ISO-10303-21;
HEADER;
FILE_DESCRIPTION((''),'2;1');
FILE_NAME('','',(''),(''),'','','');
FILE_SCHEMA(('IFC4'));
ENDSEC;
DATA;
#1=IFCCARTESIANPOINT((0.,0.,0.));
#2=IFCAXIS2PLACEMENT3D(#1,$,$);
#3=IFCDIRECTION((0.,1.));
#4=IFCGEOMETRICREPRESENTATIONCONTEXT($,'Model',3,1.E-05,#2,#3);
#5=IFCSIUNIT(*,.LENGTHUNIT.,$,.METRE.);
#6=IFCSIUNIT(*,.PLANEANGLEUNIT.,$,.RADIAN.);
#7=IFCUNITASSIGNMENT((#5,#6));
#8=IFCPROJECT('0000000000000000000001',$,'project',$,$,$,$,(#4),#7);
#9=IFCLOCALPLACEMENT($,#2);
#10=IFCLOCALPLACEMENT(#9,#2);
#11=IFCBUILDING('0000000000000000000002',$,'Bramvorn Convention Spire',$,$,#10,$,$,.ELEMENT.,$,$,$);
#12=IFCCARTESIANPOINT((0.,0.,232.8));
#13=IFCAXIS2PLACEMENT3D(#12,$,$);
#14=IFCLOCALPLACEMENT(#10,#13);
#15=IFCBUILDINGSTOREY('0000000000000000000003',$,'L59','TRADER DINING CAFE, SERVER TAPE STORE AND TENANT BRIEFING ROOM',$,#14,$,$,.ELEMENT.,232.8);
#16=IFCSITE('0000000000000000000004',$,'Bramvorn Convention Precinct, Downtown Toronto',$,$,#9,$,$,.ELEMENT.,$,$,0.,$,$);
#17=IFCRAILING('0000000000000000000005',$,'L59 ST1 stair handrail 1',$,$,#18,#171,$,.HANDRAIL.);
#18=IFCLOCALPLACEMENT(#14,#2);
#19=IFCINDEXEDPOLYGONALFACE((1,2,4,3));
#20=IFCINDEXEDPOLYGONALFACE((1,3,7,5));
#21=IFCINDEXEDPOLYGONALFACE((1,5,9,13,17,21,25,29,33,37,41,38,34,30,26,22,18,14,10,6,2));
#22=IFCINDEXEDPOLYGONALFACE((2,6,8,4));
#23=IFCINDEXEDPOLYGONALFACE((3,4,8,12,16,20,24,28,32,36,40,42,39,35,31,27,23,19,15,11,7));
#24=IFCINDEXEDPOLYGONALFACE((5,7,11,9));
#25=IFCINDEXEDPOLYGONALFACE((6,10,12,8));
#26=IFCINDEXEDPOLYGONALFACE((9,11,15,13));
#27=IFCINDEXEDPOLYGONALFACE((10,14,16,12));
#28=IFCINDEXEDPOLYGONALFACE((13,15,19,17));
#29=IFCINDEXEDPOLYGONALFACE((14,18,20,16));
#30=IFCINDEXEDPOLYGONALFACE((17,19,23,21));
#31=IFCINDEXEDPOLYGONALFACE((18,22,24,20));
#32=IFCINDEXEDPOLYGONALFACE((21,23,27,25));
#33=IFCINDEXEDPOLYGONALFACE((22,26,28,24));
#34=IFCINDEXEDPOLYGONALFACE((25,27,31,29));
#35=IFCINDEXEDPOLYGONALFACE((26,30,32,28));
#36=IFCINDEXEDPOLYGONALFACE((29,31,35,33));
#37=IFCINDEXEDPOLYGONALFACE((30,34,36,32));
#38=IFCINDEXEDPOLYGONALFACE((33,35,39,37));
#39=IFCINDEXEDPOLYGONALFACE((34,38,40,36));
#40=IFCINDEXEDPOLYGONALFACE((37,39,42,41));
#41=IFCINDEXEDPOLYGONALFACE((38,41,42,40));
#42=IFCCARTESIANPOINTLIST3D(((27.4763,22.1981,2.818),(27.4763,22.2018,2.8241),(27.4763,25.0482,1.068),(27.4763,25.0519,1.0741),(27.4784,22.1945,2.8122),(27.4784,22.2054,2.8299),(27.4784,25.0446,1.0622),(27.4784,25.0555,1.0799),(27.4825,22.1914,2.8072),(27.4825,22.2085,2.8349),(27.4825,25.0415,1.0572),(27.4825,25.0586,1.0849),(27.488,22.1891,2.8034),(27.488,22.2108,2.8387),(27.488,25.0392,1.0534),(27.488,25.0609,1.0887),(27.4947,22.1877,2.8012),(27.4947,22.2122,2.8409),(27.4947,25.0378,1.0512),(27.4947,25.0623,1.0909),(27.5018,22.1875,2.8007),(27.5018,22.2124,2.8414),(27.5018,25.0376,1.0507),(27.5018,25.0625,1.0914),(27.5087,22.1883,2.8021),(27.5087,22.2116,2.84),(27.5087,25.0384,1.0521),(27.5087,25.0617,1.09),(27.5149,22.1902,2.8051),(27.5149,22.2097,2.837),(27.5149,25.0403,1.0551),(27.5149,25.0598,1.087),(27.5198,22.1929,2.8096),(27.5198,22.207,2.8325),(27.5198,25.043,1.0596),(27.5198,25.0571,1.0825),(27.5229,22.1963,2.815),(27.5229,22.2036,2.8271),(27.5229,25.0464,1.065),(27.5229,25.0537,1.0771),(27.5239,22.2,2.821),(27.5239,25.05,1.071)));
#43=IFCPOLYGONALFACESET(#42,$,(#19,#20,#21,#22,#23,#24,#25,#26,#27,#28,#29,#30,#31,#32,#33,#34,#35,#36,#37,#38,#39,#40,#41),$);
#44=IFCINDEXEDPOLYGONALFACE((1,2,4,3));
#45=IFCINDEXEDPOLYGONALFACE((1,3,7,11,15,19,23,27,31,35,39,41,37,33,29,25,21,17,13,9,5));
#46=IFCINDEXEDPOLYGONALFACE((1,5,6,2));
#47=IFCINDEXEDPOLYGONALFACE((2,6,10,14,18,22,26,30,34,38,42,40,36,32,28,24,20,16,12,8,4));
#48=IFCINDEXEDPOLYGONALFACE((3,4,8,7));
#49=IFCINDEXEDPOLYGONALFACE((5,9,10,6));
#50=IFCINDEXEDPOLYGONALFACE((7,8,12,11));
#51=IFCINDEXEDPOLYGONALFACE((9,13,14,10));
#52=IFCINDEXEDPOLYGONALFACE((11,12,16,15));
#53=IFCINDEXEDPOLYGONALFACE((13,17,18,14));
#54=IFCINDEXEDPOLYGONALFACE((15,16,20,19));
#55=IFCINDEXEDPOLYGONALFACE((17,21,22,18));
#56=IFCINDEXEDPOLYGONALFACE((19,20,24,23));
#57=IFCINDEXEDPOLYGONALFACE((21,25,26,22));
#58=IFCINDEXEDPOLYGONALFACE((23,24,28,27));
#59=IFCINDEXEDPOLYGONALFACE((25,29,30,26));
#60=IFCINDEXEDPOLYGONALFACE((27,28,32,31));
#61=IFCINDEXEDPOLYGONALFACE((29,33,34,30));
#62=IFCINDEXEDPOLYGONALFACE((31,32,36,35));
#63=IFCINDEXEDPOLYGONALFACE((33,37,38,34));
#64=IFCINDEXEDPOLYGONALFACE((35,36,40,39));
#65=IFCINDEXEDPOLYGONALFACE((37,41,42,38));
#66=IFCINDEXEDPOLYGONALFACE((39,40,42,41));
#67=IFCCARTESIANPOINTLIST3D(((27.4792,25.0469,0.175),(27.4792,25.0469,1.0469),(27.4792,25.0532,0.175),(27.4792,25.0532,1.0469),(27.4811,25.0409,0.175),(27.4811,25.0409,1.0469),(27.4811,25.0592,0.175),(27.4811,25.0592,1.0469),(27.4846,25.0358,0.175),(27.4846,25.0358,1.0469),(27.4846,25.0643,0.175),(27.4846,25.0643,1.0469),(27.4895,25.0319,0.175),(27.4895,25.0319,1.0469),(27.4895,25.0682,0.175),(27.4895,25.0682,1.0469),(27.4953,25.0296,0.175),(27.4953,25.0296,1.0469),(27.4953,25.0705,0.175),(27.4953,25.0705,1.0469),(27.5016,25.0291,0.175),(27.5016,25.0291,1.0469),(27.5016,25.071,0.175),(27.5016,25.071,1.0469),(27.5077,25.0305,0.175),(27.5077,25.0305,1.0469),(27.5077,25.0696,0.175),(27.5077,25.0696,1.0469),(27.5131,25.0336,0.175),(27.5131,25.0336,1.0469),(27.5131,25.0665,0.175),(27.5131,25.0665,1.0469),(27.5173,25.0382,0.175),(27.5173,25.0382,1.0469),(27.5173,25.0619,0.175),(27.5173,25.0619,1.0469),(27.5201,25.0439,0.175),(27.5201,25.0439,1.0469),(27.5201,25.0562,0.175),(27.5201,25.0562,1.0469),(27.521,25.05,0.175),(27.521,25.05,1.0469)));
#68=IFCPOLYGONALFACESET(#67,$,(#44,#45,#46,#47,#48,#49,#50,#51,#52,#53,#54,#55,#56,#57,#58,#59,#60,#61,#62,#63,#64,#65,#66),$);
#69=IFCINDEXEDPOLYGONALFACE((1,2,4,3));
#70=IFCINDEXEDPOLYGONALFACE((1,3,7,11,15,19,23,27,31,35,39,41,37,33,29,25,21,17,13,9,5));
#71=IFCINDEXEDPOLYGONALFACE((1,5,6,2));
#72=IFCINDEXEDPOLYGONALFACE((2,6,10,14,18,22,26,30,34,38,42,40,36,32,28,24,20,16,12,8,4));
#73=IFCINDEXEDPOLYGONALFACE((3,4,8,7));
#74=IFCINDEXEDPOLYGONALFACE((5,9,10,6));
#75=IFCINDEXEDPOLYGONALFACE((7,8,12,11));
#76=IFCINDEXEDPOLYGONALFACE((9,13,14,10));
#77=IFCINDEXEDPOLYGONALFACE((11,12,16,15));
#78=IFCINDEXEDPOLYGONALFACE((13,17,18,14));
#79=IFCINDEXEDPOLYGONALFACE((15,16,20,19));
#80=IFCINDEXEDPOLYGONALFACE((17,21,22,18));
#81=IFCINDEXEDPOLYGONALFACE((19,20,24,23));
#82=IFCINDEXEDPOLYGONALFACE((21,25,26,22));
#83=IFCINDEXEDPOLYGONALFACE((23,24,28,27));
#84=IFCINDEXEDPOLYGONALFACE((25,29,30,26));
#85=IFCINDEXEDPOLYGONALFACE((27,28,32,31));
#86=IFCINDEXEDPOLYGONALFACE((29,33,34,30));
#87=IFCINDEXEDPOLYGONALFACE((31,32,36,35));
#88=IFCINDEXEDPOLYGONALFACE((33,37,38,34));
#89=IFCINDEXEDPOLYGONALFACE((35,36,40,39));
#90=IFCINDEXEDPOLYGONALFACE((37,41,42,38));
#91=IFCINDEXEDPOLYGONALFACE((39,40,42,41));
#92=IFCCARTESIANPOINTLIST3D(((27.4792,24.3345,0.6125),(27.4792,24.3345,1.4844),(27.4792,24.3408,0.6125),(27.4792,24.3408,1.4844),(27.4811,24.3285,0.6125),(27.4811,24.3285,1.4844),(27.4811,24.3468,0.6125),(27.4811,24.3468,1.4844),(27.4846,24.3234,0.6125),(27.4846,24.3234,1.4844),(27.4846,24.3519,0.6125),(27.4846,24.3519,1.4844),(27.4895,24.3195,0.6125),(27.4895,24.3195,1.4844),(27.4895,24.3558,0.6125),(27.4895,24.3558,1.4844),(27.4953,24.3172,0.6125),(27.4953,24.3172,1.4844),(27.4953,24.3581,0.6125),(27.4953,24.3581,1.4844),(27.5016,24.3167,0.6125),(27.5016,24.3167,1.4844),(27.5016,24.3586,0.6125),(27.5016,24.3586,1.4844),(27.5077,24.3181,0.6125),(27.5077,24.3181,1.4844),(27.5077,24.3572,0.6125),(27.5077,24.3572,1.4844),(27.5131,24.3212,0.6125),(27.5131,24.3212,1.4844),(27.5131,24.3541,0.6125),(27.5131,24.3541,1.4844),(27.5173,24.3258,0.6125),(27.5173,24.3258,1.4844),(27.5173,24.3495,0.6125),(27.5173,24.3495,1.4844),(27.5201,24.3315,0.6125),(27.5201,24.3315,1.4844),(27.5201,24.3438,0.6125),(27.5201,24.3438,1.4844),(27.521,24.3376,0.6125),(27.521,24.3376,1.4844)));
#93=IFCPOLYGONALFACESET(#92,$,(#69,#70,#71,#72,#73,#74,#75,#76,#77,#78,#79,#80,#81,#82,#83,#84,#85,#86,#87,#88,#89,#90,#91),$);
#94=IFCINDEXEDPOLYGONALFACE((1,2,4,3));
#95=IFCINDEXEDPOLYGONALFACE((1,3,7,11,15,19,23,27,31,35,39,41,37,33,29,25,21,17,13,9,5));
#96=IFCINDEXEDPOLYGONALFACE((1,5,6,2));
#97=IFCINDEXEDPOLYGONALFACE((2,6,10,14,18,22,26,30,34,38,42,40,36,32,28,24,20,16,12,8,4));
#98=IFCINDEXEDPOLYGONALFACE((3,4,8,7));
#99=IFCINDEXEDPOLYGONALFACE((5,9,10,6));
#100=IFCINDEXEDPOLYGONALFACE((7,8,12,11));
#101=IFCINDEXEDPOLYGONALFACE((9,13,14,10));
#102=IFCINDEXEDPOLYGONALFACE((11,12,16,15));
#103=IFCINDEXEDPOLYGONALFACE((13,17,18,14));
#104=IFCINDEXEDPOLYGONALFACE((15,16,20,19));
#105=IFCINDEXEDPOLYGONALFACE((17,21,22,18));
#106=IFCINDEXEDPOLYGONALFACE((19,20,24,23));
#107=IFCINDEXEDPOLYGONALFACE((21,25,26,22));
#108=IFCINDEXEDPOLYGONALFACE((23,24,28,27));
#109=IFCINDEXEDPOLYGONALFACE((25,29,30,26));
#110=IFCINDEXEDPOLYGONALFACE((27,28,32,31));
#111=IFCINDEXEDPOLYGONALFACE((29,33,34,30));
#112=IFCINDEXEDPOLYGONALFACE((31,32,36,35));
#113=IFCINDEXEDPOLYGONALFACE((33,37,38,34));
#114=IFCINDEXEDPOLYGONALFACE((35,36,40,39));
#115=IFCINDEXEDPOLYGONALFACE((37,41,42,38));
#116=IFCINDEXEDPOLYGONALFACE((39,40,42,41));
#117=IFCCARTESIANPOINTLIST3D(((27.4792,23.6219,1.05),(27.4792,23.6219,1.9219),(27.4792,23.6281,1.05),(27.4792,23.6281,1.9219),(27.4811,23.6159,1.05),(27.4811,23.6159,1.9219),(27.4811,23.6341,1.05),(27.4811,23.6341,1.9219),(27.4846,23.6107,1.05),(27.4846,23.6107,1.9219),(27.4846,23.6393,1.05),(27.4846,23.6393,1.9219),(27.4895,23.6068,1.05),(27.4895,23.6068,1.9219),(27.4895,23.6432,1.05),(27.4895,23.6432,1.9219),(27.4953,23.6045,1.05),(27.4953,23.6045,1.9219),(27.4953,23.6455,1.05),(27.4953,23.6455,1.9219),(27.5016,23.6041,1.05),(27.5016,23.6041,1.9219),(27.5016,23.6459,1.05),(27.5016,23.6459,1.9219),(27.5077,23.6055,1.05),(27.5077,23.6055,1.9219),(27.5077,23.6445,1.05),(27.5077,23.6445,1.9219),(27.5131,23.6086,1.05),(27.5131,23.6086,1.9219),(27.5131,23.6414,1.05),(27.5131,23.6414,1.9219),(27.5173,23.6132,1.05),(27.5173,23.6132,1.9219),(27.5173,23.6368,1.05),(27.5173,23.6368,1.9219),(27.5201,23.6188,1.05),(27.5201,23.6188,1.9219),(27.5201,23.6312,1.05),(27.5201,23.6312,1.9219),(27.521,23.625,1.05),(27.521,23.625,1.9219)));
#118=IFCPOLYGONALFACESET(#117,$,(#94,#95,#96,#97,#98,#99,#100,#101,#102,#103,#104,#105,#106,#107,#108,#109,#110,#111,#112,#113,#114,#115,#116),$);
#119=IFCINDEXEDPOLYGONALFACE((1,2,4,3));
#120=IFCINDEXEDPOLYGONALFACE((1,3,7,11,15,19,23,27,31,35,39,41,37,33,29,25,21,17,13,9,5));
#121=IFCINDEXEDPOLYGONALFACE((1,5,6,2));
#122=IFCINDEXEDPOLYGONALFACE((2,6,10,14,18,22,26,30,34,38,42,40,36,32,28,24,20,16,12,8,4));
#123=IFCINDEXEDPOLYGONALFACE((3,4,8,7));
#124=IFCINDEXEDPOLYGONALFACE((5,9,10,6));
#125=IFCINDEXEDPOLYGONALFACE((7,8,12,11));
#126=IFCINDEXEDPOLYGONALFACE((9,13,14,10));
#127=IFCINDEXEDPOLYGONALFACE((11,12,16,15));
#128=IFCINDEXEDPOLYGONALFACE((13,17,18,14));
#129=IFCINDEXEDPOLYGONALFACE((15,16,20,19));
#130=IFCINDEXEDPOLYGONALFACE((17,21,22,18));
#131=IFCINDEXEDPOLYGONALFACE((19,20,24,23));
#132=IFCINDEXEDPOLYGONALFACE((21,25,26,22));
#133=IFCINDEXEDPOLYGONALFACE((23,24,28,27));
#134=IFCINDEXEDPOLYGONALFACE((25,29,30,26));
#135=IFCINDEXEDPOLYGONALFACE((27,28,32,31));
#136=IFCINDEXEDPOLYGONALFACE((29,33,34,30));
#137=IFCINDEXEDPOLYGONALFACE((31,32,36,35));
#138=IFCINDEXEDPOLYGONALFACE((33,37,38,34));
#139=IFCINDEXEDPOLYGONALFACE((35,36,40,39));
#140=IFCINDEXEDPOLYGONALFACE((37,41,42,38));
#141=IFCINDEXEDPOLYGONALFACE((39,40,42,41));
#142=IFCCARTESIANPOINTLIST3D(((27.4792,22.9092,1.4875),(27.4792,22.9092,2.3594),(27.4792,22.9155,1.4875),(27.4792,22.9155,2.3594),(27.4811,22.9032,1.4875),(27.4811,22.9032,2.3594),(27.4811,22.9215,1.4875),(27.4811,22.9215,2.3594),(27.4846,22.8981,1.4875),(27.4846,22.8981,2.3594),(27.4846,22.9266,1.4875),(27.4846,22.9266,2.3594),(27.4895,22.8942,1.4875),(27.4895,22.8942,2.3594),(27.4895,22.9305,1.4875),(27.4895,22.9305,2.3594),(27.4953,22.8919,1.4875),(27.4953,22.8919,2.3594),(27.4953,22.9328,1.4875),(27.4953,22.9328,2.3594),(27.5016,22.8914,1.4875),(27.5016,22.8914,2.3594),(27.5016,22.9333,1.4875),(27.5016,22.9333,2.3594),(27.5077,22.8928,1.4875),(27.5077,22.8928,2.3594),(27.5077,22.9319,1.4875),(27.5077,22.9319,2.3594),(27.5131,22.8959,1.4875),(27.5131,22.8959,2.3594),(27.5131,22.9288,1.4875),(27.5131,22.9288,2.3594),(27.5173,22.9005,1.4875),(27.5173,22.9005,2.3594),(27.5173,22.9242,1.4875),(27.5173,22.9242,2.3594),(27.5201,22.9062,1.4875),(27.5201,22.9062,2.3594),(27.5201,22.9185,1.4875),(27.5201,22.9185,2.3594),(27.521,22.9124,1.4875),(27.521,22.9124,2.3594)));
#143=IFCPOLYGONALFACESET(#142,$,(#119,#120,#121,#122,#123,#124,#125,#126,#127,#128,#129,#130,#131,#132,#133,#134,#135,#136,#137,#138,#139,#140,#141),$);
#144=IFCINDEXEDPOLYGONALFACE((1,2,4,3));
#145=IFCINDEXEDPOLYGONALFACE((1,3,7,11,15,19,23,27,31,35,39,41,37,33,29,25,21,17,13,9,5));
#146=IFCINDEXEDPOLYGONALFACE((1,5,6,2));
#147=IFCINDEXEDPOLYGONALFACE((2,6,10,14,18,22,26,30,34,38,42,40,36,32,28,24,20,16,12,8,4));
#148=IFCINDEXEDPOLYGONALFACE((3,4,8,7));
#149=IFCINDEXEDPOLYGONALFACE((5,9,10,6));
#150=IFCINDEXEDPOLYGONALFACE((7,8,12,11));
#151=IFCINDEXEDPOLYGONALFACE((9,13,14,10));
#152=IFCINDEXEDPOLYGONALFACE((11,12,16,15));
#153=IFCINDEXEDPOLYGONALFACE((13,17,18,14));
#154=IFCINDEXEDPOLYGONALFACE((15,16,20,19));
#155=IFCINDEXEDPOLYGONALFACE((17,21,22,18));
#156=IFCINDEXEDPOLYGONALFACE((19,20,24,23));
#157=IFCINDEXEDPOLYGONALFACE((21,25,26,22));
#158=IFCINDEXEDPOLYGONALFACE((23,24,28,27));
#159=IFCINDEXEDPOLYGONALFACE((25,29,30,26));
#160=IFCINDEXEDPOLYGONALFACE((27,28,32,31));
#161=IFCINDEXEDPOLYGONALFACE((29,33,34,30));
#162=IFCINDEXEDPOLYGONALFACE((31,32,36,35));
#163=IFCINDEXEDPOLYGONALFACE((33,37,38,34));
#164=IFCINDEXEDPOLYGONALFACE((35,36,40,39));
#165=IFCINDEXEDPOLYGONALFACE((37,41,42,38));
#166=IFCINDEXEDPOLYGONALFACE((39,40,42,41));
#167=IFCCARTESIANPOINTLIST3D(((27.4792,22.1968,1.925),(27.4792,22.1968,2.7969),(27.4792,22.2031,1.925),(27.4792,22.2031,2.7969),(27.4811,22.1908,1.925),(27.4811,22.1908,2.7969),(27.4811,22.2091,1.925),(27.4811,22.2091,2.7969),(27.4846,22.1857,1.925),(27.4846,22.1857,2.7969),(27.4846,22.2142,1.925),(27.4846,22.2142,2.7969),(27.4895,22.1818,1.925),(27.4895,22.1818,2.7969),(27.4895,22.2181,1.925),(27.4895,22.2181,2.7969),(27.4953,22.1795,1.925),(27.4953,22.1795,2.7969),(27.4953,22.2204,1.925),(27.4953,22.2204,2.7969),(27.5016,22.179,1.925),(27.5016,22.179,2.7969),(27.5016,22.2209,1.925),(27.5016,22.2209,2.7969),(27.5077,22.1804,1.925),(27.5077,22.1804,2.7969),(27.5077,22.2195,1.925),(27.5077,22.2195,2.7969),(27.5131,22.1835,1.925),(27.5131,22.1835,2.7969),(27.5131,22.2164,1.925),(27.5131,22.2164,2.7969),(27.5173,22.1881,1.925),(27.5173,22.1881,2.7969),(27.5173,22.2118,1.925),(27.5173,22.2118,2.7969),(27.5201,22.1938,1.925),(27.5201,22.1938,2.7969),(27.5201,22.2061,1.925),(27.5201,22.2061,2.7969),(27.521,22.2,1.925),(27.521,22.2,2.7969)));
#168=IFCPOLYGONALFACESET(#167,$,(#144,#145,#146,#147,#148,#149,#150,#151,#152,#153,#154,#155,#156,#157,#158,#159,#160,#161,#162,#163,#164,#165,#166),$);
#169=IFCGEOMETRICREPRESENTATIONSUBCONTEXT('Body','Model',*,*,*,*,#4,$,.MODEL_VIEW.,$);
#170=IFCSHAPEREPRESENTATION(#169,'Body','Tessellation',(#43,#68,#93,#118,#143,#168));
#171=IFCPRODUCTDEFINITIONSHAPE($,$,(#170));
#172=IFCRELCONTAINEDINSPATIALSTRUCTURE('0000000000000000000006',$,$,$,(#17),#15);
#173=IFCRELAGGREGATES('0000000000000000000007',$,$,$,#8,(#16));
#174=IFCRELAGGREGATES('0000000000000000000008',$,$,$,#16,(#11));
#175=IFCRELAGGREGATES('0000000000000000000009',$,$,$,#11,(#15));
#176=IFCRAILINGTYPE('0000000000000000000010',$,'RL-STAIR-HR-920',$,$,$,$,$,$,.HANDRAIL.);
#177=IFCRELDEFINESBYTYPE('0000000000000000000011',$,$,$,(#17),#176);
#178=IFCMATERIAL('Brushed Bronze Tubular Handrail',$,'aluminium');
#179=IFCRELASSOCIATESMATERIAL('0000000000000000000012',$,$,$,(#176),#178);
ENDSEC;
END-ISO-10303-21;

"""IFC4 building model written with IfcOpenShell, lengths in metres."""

from ifc_helpers import new_model, si_unit, direction, frame, origin, origin_2d, place, context, subcontext, project, spatial, circle, extrude, material, type_object, element, save


model = new_model("IFC4")

# Units and contexts
model_context = context("Model", 3, precision=1e-05, world=origin(), true_north=direction((0.0, 1.0)))
body_context = subcontext(model_context, "Body", "Model", "MODEL_VIEW")
ifc_project = project(units=[si_unit("LENGTHUNIT", "METRE"), si_unit("PLANEANGLEUNIT", "RADIAN")], contexts=[model_context])

# Site, building, storey
site_placement = place(None, origin())
site = spatial("IfcSite", under=ifc_project, at=site_placement, Name="Bramvorn Convention Precinct, Downtown Toronto", CompositionType="ELEMENT", RefElevation=0.0)
building_placement = place(site_placement, origin())
building = spatial("IfcBuilding", under=site, at=building_placement, Name="Bramvorn Convention Spire", CompositionType="ELEMENT")
storey_placement = place(building_placement, frame((0.0, 0.0, 232.8)))
storey = spatial("IfcBuildingStorey", under=building, at=storey_placement, Name="L59", Description="TRADER DINING CAFE, SERVER TAPE STORE AND TENANT BRIEFING ROOM", CompositionType="ELEMENT", Elevation=232.8)

# Railing
ifc_material_1 = material(Name="Brushed Bronze Tubular Handrail", Category="aluminium")
railing_type_1 = type_object("IfcRailingType", Name="RL-STAIR-HR-920", PredefinedType="HANDRAIL", material=ifc_material_1)
railing_1_placement = place(storey_placement, frame((27.5, 25.05, 0.175)))
element("IfcRailing", 1, at=railing_1_placement, inside=storey, type_object=railing_type_1, Name="L59 ST1 stair handrail 1", PredefinedType="HANDRAIL", context=body_context, shape_type="SweptSolid", body=[
    extrude(circle(Radius=0.0239, at=origin_2d()), frame((0.0, 0.0, 0.896), z_axis=(0.0, -0.852179, 0.52325), x_axis=(1.0, 0.0, 0.0)), (0.0, 0.0, 1.0), 3.3445),
    extrude(circle(Radius=0.021, at=origin_2d()), origin(), (0.0, 0.0, 1.0), 0.8718),
    extrude(circle(Radius=0.021, at=origin_2d()), frame((0.0, -0.7124, 0.4375)), (0.0, 0.0, 1.0), 0.8718),
    extrude(circle(Radius=0.021, at=origin_2d()), frame((0.0, -1.425, 0.875)), (0.0, 0.0, 1.0), 0.8718),
    extrude(circle(Radius=0.021, at=origin_2d()), frame((0.0, -2.1377, 1.3125)), (0.0, 0.0, 1.0), 0.8718),
    extrude(circle(Radius=0.021, at=origin_2d()), frame((0.0, -2.8501, 1.75)), (0.0, 0.0, 1.0), 0.8718),
])

save(model, "model.ifc")
